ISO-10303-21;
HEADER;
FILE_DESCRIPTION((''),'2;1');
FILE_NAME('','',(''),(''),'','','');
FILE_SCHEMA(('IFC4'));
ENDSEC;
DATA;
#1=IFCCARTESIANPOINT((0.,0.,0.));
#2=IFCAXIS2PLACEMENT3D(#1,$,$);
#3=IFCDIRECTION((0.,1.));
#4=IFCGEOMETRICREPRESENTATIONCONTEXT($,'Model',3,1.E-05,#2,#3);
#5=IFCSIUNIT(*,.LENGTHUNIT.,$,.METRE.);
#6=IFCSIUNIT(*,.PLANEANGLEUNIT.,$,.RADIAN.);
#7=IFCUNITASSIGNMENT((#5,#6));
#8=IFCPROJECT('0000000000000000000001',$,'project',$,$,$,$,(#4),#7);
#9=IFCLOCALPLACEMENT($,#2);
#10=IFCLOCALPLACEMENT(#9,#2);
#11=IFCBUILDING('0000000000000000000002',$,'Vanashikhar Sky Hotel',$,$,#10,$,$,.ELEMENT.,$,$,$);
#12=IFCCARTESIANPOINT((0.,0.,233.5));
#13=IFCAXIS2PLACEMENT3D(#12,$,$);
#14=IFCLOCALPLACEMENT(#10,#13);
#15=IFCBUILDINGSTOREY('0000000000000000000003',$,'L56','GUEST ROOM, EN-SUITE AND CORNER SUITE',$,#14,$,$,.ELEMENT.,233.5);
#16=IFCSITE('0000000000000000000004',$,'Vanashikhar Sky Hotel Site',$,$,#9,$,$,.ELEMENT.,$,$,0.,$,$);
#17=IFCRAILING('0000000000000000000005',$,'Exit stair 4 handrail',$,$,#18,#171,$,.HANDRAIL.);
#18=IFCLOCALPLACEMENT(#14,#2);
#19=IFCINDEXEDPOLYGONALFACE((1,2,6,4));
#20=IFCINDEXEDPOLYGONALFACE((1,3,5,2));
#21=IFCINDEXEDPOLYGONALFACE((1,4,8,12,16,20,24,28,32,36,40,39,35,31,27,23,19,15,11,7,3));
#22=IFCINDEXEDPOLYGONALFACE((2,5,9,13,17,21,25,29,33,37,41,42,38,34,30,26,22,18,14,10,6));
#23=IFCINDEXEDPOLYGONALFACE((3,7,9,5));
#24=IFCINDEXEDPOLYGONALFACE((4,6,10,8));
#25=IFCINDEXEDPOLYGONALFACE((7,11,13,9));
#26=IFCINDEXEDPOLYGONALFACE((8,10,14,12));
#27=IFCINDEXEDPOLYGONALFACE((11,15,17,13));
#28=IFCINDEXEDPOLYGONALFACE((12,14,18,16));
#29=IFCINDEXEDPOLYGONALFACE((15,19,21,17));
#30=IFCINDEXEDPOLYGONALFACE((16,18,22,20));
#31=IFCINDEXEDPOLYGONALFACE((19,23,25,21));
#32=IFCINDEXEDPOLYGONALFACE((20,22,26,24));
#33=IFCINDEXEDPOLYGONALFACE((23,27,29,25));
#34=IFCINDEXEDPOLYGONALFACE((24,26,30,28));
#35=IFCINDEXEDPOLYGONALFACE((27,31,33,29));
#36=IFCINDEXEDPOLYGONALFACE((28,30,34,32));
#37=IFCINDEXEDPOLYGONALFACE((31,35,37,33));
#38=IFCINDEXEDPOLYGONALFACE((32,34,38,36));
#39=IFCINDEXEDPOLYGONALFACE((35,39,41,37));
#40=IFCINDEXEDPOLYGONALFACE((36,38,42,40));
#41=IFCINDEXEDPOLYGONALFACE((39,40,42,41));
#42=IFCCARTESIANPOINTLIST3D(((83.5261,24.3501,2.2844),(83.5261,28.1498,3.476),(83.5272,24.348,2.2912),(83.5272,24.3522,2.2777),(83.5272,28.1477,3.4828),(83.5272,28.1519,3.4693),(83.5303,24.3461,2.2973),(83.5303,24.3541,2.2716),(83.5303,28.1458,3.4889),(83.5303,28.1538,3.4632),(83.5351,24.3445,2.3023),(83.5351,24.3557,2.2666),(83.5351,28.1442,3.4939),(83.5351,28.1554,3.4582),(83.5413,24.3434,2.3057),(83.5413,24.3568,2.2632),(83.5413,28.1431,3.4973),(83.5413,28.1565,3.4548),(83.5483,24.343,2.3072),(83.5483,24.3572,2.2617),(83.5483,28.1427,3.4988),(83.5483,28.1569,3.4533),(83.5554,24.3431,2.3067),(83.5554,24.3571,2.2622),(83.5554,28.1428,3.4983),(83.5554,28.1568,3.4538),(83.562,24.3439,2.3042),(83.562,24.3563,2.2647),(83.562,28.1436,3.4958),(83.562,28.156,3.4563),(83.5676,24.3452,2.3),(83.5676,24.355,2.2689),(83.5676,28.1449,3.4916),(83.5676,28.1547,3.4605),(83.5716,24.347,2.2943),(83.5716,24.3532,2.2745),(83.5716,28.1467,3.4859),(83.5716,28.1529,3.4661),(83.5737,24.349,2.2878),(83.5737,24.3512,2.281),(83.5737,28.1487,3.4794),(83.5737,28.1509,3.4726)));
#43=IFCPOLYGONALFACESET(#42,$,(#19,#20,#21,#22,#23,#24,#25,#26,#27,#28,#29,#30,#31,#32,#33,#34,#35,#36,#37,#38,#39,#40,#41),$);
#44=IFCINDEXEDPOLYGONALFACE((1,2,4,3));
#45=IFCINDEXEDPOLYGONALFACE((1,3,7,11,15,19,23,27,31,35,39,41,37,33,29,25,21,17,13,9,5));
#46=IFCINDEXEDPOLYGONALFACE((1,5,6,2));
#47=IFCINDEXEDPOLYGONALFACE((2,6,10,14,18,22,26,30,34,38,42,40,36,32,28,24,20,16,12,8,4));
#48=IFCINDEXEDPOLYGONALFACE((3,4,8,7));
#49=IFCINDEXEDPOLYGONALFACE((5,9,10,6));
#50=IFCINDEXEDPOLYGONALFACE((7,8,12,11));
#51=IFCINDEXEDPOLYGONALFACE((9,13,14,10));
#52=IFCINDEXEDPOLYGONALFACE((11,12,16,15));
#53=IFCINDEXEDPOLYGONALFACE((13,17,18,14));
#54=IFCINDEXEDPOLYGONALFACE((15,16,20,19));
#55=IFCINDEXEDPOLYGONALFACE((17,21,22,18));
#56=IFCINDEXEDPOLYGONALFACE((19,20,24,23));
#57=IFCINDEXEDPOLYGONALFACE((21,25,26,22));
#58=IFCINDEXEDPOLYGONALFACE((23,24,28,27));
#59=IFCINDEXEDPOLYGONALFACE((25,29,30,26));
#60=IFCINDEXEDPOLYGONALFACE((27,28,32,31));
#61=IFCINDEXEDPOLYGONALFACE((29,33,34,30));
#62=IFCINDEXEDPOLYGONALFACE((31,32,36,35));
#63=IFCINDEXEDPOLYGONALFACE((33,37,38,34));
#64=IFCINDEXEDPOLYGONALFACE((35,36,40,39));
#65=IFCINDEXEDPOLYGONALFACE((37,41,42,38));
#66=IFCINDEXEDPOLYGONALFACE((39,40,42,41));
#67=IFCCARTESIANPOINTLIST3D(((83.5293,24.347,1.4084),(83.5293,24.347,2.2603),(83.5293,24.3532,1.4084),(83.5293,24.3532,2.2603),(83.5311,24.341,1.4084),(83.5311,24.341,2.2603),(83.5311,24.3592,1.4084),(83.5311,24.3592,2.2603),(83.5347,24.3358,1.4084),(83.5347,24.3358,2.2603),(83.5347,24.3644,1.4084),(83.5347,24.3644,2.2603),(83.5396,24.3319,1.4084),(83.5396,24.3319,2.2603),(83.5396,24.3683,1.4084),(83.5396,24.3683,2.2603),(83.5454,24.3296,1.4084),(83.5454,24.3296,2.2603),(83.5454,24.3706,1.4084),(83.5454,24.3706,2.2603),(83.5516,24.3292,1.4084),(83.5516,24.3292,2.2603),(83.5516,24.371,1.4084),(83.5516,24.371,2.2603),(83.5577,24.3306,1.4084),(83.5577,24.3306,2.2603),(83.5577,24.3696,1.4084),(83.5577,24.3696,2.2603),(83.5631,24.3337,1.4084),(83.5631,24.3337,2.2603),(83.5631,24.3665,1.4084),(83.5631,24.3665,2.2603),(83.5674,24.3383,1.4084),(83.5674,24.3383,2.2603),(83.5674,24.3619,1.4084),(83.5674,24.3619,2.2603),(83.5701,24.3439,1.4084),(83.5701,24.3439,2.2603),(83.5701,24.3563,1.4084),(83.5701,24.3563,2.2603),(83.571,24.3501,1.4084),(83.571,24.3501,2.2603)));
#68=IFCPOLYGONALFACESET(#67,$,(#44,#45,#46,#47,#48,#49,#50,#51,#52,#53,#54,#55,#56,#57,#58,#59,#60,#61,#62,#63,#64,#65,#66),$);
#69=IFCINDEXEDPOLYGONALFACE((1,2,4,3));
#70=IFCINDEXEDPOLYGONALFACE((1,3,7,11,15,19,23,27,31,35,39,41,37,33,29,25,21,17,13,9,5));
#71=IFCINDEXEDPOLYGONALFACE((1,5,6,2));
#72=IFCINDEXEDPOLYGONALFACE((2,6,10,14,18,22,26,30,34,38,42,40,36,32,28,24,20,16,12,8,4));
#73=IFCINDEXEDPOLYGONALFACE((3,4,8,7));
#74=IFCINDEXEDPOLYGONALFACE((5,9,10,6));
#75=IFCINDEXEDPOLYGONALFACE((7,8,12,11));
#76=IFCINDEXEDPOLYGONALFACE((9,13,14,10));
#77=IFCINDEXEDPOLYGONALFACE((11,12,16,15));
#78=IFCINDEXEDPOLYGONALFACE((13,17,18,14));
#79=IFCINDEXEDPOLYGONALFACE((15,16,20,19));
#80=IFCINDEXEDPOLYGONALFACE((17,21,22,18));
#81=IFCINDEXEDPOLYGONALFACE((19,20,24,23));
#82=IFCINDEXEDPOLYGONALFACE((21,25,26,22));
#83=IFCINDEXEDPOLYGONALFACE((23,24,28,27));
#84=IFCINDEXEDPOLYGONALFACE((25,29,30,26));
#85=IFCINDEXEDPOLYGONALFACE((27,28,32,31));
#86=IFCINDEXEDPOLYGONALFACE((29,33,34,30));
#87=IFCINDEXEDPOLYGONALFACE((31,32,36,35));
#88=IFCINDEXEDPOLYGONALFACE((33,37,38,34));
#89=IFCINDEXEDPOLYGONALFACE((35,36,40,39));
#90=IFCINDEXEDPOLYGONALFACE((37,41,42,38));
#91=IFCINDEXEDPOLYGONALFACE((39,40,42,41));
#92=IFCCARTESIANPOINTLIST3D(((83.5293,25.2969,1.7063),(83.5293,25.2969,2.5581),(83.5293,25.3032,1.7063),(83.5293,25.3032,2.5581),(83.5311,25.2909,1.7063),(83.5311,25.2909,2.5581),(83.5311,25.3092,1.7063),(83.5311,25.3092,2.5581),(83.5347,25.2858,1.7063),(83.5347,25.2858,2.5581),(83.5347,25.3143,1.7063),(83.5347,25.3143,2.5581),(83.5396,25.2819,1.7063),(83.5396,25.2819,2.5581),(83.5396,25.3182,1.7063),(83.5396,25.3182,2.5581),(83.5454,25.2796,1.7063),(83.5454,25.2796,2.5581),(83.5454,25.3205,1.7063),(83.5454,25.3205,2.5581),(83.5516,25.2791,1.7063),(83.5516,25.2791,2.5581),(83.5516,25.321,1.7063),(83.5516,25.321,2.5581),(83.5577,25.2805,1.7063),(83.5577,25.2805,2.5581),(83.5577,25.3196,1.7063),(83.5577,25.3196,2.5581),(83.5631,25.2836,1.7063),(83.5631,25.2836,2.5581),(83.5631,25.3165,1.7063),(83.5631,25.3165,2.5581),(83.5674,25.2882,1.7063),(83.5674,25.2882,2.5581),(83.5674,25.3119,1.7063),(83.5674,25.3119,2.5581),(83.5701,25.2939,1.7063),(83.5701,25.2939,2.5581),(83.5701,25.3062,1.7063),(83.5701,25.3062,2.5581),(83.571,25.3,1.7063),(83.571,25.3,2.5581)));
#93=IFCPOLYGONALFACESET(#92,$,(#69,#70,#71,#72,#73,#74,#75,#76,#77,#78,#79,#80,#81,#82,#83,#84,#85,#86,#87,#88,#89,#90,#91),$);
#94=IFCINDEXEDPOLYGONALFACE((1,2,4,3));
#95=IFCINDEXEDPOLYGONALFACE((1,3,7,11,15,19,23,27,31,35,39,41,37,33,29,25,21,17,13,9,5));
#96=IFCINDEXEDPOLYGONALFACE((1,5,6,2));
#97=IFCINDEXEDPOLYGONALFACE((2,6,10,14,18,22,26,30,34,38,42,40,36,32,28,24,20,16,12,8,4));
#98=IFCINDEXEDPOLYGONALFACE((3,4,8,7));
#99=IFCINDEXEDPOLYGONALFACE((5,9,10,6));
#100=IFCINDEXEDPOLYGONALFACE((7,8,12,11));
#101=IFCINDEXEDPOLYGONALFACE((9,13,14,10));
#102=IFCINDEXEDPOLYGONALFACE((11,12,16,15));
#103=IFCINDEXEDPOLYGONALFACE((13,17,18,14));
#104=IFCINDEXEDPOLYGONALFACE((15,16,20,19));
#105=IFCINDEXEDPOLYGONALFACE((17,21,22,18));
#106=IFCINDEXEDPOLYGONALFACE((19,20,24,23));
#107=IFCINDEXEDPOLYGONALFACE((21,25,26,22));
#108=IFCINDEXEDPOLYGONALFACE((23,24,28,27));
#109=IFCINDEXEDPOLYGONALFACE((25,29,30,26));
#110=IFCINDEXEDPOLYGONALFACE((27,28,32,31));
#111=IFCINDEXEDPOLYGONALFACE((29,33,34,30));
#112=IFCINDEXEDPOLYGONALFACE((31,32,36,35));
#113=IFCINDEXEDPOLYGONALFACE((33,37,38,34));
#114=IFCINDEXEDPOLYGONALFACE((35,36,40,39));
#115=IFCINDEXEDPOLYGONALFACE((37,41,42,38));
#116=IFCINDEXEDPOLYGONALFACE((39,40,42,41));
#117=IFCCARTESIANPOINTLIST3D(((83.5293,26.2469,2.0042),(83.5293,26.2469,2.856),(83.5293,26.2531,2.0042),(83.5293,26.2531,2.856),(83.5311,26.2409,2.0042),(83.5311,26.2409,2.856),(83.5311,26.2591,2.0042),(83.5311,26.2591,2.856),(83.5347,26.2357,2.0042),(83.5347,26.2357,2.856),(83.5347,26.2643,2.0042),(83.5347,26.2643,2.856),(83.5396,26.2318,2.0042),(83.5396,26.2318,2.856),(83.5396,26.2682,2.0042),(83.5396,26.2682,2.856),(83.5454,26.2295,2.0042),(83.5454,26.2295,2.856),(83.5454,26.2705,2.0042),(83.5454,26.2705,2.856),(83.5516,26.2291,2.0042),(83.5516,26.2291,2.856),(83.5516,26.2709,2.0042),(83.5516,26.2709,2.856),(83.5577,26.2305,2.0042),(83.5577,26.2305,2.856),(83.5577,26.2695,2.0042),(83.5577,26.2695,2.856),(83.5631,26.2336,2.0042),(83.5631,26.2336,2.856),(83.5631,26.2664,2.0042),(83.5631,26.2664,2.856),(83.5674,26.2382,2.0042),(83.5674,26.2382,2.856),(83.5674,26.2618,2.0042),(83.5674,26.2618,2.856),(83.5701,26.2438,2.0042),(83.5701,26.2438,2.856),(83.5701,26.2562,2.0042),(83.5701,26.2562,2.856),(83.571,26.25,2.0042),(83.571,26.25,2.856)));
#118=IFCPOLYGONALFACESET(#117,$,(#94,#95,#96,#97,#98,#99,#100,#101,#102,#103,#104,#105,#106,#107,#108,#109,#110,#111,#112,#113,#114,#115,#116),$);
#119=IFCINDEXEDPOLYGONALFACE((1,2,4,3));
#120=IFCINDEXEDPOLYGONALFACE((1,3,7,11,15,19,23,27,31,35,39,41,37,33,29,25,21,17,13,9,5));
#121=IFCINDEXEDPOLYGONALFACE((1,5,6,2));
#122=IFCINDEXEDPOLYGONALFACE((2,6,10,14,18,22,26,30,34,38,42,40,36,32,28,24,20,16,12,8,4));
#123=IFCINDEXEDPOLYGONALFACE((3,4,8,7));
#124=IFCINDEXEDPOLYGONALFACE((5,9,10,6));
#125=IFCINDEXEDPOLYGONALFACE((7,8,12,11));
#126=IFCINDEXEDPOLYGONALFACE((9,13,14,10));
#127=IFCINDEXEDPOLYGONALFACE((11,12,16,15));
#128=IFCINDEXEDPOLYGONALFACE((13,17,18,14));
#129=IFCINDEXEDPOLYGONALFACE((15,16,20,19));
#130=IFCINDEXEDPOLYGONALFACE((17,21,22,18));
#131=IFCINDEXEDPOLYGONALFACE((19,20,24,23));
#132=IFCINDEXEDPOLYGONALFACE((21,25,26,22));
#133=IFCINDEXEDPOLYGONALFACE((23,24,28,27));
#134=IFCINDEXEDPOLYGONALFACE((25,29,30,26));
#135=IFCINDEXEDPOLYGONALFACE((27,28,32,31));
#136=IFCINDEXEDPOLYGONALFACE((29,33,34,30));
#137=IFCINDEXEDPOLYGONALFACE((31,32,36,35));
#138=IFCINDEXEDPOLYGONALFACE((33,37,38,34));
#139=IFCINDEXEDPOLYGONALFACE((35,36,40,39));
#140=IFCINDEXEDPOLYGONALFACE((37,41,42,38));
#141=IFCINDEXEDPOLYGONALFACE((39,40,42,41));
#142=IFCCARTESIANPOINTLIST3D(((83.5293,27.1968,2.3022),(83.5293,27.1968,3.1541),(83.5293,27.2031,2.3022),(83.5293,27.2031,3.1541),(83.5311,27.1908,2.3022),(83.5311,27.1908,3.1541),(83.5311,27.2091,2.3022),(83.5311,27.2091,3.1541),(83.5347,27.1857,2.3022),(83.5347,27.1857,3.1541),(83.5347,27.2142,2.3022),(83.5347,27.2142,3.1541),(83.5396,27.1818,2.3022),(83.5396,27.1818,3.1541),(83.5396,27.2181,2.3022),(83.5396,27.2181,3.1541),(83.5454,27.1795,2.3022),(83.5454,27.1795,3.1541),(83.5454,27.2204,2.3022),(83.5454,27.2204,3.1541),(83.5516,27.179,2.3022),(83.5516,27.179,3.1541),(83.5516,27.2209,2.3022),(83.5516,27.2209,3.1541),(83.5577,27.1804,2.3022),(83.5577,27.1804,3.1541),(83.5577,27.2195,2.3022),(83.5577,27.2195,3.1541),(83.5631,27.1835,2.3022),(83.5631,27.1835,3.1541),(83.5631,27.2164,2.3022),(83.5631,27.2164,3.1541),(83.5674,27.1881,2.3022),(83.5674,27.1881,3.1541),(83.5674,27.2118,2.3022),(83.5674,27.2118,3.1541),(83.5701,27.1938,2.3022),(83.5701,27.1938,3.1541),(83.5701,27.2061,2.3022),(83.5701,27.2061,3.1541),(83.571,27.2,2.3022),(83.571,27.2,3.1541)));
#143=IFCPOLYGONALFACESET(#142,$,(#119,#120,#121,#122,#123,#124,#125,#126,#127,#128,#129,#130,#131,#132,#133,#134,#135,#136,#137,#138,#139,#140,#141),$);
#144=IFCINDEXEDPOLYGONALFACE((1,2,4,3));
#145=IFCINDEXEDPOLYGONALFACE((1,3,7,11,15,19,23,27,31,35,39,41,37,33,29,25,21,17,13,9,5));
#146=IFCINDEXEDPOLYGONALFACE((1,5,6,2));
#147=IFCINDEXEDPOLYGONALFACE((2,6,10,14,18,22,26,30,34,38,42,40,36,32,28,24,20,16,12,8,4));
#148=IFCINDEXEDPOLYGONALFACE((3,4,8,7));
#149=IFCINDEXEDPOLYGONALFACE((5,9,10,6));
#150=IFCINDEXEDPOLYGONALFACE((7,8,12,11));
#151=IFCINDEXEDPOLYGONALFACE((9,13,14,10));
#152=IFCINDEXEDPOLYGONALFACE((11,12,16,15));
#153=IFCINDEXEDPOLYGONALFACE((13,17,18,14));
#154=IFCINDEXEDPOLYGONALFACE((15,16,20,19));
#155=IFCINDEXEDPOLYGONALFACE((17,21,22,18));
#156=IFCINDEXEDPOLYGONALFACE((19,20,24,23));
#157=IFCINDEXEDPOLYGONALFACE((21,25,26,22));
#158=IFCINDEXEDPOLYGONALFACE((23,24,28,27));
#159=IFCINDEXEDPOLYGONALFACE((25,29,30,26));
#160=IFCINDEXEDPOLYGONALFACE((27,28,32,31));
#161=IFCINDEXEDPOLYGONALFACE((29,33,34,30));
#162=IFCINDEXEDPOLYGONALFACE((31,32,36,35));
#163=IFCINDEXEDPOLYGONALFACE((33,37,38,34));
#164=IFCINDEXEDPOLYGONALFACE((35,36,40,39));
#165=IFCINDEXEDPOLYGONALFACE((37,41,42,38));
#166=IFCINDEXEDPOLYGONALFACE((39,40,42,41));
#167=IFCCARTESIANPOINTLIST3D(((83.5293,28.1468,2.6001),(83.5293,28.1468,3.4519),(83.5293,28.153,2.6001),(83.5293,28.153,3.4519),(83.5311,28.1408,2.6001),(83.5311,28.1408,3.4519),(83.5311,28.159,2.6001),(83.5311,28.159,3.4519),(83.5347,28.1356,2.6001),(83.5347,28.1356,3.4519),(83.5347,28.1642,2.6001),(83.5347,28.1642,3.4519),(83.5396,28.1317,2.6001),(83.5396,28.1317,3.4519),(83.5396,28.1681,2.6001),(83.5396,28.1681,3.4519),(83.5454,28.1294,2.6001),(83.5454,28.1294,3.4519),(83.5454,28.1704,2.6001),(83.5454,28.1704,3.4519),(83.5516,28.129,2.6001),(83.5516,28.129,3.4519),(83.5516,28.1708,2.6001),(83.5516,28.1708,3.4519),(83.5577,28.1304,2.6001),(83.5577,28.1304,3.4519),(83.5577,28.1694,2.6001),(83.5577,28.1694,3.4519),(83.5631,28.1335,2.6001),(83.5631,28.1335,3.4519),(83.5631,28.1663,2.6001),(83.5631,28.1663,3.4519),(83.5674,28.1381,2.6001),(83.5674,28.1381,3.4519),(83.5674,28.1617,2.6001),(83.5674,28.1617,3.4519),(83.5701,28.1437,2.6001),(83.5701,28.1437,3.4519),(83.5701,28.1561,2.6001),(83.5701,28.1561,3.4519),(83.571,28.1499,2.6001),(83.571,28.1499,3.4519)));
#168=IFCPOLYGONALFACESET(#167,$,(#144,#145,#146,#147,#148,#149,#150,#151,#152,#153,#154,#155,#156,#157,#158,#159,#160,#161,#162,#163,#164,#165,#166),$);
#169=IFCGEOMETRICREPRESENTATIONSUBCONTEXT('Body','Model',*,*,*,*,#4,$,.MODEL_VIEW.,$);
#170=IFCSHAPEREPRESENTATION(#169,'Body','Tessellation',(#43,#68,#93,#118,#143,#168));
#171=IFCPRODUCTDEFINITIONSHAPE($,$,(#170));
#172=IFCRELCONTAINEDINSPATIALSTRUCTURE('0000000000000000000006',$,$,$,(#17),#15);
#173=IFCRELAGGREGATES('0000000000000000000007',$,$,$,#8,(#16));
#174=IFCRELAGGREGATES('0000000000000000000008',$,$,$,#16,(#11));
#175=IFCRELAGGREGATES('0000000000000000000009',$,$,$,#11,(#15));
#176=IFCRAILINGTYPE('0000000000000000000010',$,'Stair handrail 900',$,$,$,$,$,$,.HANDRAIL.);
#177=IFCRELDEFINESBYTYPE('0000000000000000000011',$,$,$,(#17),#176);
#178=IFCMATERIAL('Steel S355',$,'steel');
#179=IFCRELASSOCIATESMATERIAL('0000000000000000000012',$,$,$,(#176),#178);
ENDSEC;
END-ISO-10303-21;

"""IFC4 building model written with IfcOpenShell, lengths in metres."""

from ifc_helpers import new_model, si_unit, direction, frame, origin, origin_2d, place, context, subcontext, project, spatial, circle, extrude, source, transform, mapped, material, type_object, element, save


model = new_model("IFC4")

# Units and contexts
model_context = context("Model", 3, precision=1e-05, world=origin(), true_north=direction((0.0, 1.0)))
body_context = subcontext(model_context, "Body", "Model", "MODEL_VIEW")
ifc_project = project(units=[si_unit("LENGTHUNIT", "METRE"), si_unit("PLANEANGLEUNIT", "RADIAN")], contexts=[model_context])

# Site, building, storey
site_placement = place(None, origin())
site = spatial("IfcSite", under=ifc_project, at=site_placement, Name="Vanashikhar Sky Hotel Site", CompositionType="ELEMENT", RefElevation=0.0)
building_placement = place(site_placement, origin())
building = spatial("IfcBuilding", under=site, at=building_placement, Name="Vanashikhar Sky Hotel", CompositionType="ELEMENT")
storey_placement = place(building_placement, frame((0.0, 0.0, 233.5)))
storey = spatial("IfcBuildingStorey", under=building, at=storey_placement, Name="L56", Description="GUEST ROOM, EN-SUITE AND CORNER SUITE", CompositionType="ELEMENT", Elevation=233.5)

# Railing
ifc_material_1 = material(Name="Steel S355", Category="steel")
railing_type = type_object("IfcRailingType", Name="Stair handrail 900", PredefinedType="HANDRAIL", material=ifc_material_1)
shared_shape_1 = source(origin(), body_context, "Body", "SweptSolid", [
    extrude(circle(Radius=0.0239, at=origin_2d()), frame((0.0, 0.0, 0.876), z_axis=(0.0, 0.954178, 0.299238), x_axis=(-1.0, 0.0, 0.0)), (0.0, 0.0, 1.0), 3.9822),
    extrude(circle(Radius=0.021, at=origin_2d()), origin(), (0.0, 0.0, 1.0), 0.8518),
    extrude(circle(Radius=0.021, at=origin_2d()), frame((0.0, 0.95, 0.2979)), (0.0, 0.0, 1.0), 0.8518),
    extrude(circle(Radius=0.021, at=origin_2d()), frame((0.0, 1.8999, 0.5957)), (0.0, 0.0, 1.0), 0.8518),
    extrude(circle(Radius=0.021, at=origin_2d()), frame((0.0, 2.8499, 0.8938)), (0.0, 0.0, 1.0), 0.8518),
    extrude(circle(Radius=0.021, at=origin_2d()), frame((0.0, 3.7998, 1.1917)), (0.0, 0.0, 1.0), 0.8518),
])
railing_1_placement = place(storey_placement, frame((83.55, 24.3501, 1.4084)))
element("IfcRailing", 1, at=railing_1_placement, inside=storey, type_object=railing_type, Name="Exit stair 4 handrail", PredefinedType="HANDRAIL", context=body_context, shape_type="MappedRepresentation", body=[
    mapped(shared_shape_1, transform((0.0, 0.0, 0.0), scale=1.0)),
])

save(model, "model.ifc")
